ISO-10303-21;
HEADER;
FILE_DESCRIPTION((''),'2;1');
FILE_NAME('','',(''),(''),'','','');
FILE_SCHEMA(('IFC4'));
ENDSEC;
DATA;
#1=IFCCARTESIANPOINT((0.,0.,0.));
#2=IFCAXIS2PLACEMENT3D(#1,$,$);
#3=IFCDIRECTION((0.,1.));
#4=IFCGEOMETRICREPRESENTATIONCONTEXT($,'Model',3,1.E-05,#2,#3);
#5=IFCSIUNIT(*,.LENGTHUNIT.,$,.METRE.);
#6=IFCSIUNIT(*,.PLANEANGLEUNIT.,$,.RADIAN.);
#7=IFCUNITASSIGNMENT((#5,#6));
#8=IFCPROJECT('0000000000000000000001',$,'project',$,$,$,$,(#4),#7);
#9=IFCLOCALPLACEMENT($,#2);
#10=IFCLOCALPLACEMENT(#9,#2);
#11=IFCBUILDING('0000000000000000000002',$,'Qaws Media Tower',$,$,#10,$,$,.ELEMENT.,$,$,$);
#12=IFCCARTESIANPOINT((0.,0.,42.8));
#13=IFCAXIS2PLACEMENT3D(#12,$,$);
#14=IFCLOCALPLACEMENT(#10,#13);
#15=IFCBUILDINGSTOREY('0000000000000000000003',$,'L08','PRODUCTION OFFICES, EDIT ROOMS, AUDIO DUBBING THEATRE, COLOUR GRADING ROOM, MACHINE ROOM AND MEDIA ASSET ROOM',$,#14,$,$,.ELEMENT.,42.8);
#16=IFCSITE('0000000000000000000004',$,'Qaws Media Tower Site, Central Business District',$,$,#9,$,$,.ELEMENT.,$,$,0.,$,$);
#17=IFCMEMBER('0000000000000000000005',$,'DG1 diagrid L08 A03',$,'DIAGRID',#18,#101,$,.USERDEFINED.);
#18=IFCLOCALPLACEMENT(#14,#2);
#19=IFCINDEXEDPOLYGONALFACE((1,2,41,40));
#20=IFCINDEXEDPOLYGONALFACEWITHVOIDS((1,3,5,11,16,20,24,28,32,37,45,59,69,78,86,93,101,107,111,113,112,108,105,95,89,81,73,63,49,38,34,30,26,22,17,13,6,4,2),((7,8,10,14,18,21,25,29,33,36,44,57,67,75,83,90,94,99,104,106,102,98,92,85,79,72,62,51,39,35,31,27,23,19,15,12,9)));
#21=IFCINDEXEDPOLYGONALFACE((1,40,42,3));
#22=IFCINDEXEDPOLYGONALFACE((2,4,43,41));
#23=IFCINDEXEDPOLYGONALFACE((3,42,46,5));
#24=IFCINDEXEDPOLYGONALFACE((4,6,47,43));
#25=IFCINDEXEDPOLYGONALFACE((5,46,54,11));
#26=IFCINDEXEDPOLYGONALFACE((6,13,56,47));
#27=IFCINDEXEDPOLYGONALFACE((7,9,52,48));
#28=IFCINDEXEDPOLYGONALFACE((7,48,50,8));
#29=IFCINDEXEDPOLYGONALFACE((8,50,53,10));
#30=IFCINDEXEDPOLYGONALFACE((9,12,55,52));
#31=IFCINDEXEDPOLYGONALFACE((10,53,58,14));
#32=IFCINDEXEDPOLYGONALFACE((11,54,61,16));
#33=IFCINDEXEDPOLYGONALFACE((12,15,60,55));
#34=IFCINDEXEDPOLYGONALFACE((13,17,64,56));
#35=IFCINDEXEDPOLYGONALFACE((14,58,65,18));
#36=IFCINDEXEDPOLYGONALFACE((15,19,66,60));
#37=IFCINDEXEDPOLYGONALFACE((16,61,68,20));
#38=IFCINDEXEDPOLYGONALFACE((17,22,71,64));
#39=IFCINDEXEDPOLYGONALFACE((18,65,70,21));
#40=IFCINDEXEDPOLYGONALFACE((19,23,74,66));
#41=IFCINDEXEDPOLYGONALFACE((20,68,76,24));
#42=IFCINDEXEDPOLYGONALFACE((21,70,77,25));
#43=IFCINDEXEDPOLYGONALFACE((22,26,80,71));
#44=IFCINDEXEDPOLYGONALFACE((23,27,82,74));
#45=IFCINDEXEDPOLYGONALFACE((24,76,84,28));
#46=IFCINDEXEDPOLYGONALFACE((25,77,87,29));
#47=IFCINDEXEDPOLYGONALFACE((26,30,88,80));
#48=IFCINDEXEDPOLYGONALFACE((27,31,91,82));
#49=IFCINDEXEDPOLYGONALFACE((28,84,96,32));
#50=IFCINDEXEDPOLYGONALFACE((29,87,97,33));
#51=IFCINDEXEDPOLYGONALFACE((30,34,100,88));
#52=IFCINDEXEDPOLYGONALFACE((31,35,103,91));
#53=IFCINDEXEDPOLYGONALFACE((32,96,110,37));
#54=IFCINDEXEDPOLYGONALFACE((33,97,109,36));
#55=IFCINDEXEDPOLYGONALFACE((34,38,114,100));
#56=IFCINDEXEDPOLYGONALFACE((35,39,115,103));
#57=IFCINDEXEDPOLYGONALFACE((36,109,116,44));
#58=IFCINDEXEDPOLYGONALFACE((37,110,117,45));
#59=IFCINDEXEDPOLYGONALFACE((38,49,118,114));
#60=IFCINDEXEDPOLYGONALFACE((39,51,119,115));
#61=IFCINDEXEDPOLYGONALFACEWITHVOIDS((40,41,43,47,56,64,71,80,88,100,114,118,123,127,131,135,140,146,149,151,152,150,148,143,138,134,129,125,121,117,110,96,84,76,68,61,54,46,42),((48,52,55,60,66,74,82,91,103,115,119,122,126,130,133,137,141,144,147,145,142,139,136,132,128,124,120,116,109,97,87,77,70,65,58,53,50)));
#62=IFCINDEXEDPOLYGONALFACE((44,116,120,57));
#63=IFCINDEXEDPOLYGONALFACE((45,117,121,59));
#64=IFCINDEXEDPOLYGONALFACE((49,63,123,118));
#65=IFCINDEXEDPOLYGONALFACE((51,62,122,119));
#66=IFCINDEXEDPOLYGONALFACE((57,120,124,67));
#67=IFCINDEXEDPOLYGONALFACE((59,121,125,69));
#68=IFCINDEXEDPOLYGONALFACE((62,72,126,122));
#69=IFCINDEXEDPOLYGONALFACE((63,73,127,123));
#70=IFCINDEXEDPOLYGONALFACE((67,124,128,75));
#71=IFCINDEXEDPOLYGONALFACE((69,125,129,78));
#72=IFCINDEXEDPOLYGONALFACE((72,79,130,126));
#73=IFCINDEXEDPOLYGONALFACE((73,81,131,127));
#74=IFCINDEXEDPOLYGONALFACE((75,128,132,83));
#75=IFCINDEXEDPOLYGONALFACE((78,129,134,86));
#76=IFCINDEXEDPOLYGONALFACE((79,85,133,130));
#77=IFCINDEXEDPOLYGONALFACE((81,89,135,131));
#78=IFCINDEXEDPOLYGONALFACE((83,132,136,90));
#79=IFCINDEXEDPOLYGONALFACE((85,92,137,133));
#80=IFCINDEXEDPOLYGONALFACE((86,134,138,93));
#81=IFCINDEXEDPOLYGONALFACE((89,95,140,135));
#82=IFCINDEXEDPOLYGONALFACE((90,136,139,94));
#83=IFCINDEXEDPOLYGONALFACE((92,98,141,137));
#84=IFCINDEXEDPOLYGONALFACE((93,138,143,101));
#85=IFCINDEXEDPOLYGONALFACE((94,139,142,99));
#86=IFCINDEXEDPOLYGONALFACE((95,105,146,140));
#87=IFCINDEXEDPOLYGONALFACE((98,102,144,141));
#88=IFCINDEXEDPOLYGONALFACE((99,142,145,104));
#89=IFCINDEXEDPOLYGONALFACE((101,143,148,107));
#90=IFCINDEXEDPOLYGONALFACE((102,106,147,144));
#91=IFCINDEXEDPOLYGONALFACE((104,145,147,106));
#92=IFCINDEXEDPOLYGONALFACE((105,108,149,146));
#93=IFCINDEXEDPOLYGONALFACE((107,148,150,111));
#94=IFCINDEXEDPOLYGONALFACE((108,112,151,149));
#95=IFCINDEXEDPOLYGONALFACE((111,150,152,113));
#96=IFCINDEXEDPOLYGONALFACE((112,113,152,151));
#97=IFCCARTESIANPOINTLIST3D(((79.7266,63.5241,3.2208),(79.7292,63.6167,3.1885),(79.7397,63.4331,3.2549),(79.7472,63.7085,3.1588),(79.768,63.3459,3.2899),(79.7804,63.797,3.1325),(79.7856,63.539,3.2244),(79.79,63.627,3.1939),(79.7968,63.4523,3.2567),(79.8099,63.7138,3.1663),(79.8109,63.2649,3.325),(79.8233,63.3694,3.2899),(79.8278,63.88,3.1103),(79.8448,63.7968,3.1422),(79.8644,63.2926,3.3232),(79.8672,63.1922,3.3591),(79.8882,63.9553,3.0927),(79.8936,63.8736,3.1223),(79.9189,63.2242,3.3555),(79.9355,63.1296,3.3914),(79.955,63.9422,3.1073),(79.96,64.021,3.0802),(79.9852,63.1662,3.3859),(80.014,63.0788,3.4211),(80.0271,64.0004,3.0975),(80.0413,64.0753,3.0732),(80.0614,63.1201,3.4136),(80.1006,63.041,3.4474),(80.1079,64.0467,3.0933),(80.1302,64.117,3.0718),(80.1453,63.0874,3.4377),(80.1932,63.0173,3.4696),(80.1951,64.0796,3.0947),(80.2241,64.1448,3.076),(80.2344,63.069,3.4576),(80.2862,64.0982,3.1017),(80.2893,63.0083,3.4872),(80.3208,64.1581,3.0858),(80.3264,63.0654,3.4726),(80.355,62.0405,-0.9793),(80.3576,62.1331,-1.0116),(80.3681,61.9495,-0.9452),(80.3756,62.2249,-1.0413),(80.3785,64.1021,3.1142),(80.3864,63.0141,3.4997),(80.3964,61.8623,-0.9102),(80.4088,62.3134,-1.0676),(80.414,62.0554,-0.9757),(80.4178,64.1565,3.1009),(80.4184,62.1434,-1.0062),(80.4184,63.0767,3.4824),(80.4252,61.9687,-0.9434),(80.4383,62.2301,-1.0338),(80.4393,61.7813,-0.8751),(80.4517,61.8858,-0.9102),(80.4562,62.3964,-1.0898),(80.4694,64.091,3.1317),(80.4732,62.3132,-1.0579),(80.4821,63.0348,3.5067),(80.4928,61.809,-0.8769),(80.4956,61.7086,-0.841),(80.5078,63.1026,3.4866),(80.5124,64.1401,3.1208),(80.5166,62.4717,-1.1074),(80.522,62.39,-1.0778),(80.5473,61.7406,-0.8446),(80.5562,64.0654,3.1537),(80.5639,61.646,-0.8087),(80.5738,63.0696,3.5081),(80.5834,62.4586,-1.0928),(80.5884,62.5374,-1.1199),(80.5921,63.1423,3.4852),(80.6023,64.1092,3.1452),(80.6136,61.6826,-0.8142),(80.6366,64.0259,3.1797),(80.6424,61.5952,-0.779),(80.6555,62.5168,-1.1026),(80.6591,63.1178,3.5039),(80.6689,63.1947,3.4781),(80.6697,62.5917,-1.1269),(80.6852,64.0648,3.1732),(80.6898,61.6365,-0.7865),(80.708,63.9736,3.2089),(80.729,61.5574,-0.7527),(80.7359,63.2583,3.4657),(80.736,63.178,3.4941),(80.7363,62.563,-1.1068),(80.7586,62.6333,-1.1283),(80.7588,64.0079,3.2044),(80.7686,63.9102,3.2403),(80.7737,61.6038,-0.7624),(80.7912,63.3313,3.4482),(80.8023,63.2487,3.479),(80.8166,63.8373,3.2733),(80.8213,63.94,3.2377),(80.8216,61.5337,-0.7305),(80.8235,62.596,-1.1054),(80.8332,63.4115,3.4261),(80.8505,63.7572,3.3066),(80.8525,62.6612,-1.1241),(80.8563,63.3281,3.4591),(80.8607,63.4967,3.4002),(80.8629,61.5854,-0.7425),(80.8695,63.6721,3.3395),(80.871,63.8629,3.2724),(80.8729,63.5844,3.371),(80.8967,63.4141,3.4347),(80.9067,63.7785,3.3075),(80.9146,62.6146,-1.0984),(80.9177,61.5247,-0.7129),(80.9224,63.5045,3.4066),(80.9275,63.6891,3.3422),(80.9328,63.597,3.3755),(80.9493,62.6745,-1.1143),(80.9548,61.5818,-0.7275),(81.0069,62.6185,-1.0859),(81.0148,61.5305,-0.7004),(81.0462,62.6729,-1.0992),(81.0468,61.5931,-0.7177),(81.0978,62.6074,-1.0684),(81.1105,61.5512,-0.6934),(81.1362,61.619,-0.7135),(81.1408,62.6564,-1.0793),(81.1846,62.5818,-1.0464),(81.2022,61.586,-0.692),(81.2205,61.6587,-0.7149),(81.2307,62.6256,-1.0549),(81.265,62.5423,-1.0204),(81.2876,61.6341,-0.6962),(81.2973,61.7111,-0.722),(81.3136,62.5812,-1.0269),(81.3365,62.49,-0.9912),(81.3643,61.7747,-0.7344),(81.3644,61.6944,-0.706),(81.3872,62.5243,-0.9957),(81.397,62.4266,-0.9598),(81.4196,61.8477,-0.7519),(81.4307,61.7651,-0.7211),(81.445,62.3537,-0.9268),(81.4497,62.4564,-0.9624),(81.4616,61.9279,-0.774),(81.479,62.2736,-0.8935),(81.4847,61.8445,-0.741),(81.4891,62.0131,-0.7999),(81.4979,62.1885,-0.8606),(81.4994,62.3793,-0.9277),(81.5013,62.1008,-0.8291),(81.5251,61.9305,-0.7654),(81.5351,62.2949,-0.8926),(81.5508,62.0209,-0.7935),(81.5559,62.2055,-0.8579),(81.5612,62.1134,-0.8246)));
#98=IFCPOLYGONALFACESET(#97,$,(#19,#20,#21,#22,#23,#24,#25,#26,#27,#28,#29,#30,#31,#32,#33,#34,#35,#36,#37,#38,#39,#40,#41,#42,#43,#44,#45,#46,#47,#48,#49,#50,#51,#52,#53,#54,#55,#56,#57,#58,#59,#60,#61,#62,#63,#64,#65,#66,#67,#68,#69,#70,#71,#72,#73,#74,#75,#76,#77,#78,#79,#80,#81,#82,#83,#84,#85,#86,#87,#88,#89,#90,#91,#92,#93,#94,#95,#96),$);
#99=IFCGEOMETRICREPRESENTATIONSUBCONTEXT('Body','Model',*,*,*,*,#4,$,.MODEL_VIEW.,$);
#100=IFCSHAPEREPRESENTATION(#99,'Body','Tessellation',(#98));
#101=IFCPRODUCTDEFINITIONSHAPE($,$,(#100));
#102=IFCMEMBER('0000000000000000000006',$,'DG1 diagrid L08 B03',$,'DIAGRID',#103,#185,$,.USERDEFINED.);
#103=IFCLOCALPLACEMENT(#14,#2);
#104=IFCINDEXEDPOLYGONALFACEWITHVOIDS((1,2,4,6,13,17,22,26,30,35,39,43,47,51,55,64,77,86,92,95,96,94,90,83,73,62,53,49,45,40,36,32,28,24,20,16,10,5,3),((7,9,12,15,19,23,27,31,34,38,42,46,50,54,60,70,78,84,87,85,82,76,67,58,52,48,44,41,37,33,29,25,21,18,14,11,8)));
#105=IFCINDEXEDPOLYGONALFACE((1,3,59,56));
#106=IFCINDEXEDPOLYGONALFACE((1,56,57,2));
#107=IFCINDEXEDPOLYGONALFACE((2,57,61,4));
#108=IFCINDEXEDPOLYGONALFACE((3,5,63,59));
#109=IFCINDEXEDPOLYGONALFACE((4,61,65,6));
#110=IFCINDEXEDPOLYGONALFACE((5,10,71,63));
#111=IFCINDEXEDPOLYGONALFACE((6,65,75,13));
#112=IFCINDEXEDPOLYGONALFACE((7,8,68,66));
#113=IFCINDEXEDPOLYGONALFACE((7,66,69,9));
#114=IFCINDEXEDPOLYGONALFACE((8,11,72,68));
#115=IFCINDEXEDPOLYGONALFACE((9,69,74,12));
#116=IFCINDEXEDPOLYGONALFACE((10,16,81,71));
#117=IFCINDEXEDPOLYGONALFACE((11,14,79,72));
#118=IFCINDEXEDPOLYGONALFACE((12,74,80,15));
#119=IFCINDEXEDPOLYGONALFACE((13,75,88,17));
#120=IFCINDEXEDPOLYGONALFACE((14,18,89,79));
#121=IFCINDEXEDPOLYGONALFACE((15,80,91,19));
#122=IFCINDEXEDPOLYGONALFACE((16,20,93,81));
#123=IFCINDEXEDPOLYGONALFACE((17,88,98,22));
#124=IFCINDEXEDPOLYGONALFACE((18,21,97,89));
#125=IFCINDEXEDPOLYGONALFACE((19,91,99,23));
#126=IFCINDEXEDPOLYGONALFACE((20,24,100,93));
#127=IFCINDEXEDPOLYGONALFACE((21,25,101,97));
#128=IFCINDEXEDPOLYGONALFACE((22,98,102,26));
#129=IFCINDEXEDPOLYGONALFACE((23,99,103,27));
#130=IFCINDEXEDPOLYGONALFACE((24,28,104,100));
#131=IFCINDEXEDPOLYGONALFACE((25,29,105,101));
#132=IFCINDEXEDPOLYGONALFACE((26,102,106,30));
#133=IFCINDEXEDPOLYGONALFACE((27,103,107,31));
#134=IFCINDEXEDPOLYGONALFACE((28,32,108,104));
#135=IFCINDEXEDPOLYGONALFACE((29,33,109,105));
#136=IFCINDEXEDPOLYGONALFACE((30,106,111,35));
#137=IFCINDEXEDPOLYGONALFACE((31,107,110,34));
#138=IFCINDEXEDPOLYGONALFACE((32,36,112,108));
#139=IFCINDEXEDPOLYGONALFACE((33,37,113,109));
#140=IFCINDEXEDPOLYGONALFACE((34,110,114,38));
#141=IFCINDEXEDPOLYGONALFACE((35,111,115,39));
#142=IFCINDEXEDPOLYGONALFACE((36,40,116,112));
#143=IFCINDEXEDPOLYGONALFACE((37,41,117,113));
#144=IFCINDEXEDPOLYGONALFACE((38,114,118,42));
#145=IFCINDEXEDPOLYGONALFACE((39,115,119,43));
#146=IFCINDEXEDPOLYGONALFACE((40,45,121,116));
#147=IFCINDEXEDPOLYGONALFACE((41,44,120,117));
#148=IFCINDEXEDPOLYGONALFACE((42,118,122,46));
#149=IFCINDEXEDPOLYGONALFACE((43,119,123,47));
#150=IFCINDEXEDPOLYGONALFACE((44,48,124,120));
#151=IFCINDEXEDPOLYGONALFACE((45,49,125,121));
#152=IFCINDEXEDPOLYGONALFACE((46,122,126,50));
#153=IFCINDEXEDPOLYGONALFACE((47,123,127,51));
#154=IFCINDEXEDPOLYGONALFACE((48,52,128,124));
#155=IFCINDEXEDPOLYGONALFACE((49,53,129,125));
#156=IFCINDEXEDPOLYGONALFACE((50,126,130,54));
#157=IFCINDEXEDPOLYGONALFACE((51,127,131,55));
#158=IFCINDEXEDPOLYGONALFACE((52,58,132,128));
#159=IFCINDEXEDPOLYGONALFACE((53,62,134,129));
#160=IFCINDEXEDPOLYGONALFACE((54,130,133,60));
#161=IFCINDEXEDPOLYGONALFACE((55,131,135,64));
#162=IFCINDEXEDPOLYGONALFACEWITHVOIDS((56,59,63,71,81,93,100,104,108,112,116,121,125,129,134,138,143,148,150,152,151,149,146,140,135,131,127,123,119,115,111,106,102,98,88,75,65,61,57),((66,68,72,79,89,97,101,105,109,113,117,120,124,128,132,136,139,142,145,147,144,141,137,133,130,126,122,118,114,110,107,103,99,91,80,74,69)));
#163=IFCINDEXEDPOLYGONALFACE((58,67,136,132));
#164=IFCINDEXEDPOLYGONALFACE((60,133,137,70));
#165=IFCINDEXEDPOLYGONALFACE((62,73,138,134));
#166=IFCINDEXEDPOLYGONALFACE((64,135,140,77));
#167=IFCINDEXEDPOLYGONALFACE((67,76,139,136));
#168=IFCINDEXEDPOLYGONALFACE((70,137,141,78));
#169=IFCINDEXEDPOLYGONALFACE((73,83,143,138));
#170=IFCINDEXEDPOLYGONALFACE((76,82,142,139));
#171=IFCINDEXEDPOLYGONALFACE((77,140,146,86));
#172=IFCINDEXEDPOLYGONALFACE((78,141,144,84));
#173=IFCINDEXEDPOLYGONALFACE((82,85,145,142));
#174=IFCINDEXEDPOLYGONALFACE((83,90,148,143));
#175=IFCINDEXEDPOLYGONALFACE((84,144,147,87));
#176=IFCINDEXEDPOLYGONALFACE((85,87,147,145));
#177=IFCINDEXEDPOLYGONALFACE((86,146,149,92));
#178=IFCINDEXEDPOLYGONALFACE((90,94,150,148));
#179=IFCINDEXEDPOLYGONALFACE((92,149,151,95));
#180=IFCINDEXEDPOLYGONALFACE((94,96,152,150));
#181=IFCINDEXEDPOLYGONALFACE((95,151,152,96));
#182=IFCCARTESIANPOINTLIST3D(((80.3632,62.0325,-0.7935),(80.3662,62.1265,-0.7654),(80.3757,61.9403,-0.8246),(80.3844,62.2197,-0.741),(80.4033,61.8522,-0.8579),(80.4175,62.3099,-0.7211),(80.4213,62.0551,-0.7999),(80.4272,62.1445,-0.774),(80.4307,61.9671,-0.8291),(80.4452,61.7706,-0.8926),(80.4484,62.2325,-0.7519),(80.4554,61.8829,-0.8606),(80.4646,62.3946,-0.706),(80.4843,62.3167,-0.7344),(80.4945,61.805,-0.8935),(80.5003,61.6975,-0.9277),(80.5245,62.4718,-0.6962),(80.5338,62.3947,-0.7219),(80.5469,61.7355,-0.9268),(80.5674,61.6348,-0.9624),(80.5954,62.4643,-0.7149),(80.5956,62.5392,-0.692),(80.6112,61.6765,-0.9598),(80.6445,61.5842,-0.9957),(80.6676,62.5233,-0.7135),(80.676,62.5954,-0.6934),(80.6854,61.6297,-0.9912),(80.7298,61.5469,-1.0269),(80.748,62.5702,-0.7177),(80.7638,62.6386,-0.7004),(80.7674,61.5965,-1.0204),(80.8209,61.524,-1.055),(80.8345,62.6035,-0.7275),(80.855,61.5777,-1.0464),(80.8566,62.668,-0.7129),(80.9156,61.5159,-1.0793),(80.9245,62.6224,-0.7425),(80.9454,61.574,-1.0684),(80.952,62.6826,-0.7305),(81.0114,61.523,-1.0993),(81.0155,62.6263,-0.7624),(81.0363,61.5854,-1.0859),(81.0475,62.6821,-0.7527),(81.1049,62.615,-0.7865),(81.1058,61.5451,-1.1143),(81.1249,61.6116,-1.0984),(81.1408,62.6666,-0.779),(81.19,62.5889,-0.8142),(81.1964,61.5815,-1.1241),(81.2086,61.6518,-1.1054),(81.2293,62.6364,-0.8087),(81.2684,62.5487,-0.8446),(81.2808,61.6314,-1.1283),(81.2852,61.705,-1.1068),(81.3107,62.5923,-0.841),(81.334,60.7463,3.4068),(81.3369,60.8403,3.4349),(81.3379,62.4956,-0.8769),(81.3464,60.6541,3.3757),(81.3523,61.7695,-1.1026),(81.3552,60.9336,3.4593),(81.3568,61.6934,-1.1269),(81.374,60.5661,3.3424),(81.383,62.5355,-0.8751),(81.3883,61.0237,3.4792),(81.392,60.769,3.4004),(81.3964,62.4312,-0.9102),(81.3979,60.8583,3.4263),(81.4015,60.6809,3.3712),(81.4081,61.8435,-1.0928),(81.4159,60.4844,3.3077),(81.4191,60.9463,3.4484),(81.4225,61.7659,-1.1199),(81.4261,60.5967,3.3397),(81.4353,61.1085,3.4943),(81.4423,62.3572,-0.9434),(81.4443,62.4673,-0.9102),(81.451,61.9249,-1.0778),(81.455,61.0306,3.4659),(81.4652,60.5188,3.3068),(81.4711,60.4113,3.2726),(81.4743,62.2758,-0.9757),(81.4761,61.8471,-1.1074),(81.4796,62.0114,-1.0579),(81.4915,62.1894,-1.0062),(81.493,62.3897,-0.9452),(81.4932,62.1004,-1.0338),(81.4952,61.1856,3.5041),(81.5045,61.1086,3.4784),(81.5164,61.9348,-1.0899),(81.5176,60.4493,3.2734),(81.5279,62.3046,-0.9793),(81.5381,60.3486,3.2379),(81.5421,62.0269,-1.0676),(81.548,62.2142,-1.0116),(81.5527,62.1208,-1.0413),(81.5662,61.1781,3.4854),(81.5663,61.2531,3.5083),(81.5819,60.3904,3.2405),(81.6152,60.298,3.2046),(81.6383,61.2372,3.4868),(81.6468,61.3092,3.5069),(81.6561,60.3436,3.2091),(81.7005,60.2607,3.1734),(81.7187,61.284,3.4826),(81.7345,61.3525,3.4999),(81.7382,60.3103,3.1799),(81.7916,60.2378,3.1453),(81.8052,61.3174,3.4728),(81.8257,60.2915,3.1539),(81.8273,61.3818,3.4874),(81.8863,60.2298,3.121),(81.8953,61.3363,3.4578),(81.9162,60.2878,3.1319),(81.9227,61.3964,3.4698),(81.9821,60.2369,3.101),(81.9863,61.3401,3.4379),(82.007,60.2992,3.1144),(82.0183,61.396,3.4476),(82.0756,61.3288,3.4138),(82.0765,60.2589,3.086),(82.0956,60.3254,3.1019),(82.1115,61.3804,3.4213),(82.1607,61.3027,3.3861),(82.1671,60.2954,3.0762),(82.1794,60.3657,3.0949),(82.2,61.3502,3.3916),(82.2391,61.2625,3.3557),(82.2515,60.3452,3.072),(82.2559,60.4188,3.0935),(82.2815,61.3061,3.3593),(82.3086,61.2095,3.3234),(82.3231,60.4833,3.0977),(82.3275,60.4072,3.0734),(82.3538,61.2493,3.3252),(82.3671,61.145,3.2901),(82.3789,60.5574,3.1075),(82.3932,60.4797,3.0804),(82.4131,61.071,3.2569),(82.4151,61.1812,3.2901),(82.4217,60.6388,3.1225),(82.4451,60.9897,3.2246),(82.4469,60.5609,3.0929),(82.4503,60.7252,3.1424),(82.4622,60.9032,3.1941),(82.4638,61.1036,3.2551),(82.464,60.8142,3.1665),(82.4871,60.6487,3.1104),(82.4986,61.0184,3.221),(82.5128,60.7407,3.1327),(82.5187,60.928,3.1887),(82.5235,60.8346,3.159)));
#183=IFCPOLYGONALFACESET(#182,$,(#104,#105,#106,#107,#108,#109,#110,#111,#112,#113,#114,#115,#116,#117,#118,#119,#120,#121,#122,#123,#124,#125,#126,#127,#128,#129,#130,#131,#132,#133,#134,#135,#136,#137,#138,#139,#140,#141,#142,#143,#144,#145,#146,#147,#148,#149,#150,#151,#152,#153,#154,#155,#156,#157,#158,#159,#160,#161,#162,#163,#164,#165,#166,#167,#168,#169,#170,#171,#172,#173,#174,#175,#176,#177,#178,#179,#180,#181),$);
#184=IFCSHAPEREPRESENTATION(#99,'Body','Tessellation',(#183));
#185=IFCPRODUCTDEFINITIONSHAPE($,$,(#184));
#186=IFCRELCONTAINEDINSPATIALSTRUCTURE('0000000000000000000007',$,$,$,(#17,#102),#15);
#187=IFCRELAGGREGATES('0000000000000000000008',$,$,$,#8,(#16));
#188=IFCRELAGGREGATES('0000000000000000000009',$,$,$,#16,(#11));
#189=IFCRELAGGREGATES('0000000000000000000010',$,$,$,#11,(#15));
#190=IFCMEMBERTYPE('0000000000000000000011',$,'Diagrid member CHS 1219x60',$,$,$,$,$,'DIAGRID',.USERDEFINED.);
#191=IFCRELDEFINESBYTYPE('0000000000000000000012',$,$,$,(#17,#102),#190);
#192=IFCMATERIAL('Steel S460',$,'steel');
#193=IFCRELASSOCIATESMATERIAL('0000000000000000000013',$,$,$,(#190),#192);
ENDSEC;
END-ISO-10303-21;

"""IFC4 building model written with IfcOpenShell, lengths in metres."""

from ifc_helpers import new_model, si_unit, direction, frame, origin, origin_2d, place, context, subcontext, project, spatial, hollow_circle, extrude, material, material_profile, profile_set, type_object, element, save


model = new_model("IFC4")

# Units and contexts
model_context = context("Model", 3, precision=1e-05, world=origin(), true_north=direction((0.0, 1.0)))
body_context = subcontext(model_context, "Body", "Model", "MODEL_VIEW")
ifc_project = project(units=[si_unit("LENGTHUNIT", "METRE"), si_unit("PLANEANGLEUNIT", "RADIAN")], contexts=[model_context])

# Site, building, storey
site_placement = place(None, origin())
site = spatial("IfcSite", under=ifc_project, at=site_placement, Name="Qaws Media Tower Site, Central Business District", CompositionType="ELEMENT", RefElevation=0.0)
building_placement = place(site_placement, origin())
building = spatial("IfcBuilding", under=site, at=building_placement, Name="Qaws Media Tower", CompositionType="ELEMENT")
storey_placement = place(building_placement, frame((0.0, 0.0, 42.8)))
storey = spatial("IfcBuildingStorey", under=building, at=storey_placement, Name="L08", Description="PRODUCTION OFFICES, EDIT ROOMS, AUDIO DUBBING THEATRE, COLOUR GRADING ROOM, MACHINE ROOM AND MEDIA ASSET ROOM", CompositionType="ELEMENT", Elevation=42.8)

# Members
ifc_material_1 = material(Name="Steel S460", Category="steel")
ifc_material_profile_1 = material_profile(ifc_material_1, hollow_circle(Radius=0.6096, WallThickness=0.0601, at=origin_2d()), Name="CHS 1219x60")
ifc_profile_set_1 = profile_set([ifc_material_profile_1], Name="Steel S460")
member_type_1 = type_object("IfcMemberType", Name="Diagrid member CHS 1219x60", ElementType="DIAGRID", PredefinedType="USERDEFINED", material=ifc_profile_set_1)
member_1_placement = place(storey_placement, frame((80.9578, 62.1001, -0.9102), z_axis=(-0.139691, 0.329798, 0.933659), x_axis=(-0.920806, -0.390021, 0.0)))
element("IfcMember", 1, at=member_1_placement, inside=storey, type_object=member_type_1, Name="DG1 diagrid L08 A03", ObjectType="DIAGRID", PredefinedType="USERDEFINED", context=body_context, shape_type="SweptSolid", body=[
    extrude(hollow_circle(Radius=0.6096, WallThickness=0.0601, at=origin_2d()), origin(), (0.0, 0.0, 1.0), 4.4985),
])
member_2_placement = place(storey_placement, frame((80.9578, 62.1001, -0.9102), z_axis=(0.215776, -0.285892, 0.933652), x_axis=(0.798178, 0.602421, 0.0)))
element("IfcMember", 2, at=member_2_placement, inside=storey, type_object=member_type_1, Name="DG1 diagrid L08 B03", ObjectType="DIAGRID", PredefinedType="USERDEFINED", context=body_context, shape_type="SweptSolid", body=[
    extrude(hollow_circle(Radius=0.6096, WallThickness=0.0601, at=origin_2d()), origin(), (0.0, 0.0, 1.0), 4.4988),
])

save(model, "model.ifc")
